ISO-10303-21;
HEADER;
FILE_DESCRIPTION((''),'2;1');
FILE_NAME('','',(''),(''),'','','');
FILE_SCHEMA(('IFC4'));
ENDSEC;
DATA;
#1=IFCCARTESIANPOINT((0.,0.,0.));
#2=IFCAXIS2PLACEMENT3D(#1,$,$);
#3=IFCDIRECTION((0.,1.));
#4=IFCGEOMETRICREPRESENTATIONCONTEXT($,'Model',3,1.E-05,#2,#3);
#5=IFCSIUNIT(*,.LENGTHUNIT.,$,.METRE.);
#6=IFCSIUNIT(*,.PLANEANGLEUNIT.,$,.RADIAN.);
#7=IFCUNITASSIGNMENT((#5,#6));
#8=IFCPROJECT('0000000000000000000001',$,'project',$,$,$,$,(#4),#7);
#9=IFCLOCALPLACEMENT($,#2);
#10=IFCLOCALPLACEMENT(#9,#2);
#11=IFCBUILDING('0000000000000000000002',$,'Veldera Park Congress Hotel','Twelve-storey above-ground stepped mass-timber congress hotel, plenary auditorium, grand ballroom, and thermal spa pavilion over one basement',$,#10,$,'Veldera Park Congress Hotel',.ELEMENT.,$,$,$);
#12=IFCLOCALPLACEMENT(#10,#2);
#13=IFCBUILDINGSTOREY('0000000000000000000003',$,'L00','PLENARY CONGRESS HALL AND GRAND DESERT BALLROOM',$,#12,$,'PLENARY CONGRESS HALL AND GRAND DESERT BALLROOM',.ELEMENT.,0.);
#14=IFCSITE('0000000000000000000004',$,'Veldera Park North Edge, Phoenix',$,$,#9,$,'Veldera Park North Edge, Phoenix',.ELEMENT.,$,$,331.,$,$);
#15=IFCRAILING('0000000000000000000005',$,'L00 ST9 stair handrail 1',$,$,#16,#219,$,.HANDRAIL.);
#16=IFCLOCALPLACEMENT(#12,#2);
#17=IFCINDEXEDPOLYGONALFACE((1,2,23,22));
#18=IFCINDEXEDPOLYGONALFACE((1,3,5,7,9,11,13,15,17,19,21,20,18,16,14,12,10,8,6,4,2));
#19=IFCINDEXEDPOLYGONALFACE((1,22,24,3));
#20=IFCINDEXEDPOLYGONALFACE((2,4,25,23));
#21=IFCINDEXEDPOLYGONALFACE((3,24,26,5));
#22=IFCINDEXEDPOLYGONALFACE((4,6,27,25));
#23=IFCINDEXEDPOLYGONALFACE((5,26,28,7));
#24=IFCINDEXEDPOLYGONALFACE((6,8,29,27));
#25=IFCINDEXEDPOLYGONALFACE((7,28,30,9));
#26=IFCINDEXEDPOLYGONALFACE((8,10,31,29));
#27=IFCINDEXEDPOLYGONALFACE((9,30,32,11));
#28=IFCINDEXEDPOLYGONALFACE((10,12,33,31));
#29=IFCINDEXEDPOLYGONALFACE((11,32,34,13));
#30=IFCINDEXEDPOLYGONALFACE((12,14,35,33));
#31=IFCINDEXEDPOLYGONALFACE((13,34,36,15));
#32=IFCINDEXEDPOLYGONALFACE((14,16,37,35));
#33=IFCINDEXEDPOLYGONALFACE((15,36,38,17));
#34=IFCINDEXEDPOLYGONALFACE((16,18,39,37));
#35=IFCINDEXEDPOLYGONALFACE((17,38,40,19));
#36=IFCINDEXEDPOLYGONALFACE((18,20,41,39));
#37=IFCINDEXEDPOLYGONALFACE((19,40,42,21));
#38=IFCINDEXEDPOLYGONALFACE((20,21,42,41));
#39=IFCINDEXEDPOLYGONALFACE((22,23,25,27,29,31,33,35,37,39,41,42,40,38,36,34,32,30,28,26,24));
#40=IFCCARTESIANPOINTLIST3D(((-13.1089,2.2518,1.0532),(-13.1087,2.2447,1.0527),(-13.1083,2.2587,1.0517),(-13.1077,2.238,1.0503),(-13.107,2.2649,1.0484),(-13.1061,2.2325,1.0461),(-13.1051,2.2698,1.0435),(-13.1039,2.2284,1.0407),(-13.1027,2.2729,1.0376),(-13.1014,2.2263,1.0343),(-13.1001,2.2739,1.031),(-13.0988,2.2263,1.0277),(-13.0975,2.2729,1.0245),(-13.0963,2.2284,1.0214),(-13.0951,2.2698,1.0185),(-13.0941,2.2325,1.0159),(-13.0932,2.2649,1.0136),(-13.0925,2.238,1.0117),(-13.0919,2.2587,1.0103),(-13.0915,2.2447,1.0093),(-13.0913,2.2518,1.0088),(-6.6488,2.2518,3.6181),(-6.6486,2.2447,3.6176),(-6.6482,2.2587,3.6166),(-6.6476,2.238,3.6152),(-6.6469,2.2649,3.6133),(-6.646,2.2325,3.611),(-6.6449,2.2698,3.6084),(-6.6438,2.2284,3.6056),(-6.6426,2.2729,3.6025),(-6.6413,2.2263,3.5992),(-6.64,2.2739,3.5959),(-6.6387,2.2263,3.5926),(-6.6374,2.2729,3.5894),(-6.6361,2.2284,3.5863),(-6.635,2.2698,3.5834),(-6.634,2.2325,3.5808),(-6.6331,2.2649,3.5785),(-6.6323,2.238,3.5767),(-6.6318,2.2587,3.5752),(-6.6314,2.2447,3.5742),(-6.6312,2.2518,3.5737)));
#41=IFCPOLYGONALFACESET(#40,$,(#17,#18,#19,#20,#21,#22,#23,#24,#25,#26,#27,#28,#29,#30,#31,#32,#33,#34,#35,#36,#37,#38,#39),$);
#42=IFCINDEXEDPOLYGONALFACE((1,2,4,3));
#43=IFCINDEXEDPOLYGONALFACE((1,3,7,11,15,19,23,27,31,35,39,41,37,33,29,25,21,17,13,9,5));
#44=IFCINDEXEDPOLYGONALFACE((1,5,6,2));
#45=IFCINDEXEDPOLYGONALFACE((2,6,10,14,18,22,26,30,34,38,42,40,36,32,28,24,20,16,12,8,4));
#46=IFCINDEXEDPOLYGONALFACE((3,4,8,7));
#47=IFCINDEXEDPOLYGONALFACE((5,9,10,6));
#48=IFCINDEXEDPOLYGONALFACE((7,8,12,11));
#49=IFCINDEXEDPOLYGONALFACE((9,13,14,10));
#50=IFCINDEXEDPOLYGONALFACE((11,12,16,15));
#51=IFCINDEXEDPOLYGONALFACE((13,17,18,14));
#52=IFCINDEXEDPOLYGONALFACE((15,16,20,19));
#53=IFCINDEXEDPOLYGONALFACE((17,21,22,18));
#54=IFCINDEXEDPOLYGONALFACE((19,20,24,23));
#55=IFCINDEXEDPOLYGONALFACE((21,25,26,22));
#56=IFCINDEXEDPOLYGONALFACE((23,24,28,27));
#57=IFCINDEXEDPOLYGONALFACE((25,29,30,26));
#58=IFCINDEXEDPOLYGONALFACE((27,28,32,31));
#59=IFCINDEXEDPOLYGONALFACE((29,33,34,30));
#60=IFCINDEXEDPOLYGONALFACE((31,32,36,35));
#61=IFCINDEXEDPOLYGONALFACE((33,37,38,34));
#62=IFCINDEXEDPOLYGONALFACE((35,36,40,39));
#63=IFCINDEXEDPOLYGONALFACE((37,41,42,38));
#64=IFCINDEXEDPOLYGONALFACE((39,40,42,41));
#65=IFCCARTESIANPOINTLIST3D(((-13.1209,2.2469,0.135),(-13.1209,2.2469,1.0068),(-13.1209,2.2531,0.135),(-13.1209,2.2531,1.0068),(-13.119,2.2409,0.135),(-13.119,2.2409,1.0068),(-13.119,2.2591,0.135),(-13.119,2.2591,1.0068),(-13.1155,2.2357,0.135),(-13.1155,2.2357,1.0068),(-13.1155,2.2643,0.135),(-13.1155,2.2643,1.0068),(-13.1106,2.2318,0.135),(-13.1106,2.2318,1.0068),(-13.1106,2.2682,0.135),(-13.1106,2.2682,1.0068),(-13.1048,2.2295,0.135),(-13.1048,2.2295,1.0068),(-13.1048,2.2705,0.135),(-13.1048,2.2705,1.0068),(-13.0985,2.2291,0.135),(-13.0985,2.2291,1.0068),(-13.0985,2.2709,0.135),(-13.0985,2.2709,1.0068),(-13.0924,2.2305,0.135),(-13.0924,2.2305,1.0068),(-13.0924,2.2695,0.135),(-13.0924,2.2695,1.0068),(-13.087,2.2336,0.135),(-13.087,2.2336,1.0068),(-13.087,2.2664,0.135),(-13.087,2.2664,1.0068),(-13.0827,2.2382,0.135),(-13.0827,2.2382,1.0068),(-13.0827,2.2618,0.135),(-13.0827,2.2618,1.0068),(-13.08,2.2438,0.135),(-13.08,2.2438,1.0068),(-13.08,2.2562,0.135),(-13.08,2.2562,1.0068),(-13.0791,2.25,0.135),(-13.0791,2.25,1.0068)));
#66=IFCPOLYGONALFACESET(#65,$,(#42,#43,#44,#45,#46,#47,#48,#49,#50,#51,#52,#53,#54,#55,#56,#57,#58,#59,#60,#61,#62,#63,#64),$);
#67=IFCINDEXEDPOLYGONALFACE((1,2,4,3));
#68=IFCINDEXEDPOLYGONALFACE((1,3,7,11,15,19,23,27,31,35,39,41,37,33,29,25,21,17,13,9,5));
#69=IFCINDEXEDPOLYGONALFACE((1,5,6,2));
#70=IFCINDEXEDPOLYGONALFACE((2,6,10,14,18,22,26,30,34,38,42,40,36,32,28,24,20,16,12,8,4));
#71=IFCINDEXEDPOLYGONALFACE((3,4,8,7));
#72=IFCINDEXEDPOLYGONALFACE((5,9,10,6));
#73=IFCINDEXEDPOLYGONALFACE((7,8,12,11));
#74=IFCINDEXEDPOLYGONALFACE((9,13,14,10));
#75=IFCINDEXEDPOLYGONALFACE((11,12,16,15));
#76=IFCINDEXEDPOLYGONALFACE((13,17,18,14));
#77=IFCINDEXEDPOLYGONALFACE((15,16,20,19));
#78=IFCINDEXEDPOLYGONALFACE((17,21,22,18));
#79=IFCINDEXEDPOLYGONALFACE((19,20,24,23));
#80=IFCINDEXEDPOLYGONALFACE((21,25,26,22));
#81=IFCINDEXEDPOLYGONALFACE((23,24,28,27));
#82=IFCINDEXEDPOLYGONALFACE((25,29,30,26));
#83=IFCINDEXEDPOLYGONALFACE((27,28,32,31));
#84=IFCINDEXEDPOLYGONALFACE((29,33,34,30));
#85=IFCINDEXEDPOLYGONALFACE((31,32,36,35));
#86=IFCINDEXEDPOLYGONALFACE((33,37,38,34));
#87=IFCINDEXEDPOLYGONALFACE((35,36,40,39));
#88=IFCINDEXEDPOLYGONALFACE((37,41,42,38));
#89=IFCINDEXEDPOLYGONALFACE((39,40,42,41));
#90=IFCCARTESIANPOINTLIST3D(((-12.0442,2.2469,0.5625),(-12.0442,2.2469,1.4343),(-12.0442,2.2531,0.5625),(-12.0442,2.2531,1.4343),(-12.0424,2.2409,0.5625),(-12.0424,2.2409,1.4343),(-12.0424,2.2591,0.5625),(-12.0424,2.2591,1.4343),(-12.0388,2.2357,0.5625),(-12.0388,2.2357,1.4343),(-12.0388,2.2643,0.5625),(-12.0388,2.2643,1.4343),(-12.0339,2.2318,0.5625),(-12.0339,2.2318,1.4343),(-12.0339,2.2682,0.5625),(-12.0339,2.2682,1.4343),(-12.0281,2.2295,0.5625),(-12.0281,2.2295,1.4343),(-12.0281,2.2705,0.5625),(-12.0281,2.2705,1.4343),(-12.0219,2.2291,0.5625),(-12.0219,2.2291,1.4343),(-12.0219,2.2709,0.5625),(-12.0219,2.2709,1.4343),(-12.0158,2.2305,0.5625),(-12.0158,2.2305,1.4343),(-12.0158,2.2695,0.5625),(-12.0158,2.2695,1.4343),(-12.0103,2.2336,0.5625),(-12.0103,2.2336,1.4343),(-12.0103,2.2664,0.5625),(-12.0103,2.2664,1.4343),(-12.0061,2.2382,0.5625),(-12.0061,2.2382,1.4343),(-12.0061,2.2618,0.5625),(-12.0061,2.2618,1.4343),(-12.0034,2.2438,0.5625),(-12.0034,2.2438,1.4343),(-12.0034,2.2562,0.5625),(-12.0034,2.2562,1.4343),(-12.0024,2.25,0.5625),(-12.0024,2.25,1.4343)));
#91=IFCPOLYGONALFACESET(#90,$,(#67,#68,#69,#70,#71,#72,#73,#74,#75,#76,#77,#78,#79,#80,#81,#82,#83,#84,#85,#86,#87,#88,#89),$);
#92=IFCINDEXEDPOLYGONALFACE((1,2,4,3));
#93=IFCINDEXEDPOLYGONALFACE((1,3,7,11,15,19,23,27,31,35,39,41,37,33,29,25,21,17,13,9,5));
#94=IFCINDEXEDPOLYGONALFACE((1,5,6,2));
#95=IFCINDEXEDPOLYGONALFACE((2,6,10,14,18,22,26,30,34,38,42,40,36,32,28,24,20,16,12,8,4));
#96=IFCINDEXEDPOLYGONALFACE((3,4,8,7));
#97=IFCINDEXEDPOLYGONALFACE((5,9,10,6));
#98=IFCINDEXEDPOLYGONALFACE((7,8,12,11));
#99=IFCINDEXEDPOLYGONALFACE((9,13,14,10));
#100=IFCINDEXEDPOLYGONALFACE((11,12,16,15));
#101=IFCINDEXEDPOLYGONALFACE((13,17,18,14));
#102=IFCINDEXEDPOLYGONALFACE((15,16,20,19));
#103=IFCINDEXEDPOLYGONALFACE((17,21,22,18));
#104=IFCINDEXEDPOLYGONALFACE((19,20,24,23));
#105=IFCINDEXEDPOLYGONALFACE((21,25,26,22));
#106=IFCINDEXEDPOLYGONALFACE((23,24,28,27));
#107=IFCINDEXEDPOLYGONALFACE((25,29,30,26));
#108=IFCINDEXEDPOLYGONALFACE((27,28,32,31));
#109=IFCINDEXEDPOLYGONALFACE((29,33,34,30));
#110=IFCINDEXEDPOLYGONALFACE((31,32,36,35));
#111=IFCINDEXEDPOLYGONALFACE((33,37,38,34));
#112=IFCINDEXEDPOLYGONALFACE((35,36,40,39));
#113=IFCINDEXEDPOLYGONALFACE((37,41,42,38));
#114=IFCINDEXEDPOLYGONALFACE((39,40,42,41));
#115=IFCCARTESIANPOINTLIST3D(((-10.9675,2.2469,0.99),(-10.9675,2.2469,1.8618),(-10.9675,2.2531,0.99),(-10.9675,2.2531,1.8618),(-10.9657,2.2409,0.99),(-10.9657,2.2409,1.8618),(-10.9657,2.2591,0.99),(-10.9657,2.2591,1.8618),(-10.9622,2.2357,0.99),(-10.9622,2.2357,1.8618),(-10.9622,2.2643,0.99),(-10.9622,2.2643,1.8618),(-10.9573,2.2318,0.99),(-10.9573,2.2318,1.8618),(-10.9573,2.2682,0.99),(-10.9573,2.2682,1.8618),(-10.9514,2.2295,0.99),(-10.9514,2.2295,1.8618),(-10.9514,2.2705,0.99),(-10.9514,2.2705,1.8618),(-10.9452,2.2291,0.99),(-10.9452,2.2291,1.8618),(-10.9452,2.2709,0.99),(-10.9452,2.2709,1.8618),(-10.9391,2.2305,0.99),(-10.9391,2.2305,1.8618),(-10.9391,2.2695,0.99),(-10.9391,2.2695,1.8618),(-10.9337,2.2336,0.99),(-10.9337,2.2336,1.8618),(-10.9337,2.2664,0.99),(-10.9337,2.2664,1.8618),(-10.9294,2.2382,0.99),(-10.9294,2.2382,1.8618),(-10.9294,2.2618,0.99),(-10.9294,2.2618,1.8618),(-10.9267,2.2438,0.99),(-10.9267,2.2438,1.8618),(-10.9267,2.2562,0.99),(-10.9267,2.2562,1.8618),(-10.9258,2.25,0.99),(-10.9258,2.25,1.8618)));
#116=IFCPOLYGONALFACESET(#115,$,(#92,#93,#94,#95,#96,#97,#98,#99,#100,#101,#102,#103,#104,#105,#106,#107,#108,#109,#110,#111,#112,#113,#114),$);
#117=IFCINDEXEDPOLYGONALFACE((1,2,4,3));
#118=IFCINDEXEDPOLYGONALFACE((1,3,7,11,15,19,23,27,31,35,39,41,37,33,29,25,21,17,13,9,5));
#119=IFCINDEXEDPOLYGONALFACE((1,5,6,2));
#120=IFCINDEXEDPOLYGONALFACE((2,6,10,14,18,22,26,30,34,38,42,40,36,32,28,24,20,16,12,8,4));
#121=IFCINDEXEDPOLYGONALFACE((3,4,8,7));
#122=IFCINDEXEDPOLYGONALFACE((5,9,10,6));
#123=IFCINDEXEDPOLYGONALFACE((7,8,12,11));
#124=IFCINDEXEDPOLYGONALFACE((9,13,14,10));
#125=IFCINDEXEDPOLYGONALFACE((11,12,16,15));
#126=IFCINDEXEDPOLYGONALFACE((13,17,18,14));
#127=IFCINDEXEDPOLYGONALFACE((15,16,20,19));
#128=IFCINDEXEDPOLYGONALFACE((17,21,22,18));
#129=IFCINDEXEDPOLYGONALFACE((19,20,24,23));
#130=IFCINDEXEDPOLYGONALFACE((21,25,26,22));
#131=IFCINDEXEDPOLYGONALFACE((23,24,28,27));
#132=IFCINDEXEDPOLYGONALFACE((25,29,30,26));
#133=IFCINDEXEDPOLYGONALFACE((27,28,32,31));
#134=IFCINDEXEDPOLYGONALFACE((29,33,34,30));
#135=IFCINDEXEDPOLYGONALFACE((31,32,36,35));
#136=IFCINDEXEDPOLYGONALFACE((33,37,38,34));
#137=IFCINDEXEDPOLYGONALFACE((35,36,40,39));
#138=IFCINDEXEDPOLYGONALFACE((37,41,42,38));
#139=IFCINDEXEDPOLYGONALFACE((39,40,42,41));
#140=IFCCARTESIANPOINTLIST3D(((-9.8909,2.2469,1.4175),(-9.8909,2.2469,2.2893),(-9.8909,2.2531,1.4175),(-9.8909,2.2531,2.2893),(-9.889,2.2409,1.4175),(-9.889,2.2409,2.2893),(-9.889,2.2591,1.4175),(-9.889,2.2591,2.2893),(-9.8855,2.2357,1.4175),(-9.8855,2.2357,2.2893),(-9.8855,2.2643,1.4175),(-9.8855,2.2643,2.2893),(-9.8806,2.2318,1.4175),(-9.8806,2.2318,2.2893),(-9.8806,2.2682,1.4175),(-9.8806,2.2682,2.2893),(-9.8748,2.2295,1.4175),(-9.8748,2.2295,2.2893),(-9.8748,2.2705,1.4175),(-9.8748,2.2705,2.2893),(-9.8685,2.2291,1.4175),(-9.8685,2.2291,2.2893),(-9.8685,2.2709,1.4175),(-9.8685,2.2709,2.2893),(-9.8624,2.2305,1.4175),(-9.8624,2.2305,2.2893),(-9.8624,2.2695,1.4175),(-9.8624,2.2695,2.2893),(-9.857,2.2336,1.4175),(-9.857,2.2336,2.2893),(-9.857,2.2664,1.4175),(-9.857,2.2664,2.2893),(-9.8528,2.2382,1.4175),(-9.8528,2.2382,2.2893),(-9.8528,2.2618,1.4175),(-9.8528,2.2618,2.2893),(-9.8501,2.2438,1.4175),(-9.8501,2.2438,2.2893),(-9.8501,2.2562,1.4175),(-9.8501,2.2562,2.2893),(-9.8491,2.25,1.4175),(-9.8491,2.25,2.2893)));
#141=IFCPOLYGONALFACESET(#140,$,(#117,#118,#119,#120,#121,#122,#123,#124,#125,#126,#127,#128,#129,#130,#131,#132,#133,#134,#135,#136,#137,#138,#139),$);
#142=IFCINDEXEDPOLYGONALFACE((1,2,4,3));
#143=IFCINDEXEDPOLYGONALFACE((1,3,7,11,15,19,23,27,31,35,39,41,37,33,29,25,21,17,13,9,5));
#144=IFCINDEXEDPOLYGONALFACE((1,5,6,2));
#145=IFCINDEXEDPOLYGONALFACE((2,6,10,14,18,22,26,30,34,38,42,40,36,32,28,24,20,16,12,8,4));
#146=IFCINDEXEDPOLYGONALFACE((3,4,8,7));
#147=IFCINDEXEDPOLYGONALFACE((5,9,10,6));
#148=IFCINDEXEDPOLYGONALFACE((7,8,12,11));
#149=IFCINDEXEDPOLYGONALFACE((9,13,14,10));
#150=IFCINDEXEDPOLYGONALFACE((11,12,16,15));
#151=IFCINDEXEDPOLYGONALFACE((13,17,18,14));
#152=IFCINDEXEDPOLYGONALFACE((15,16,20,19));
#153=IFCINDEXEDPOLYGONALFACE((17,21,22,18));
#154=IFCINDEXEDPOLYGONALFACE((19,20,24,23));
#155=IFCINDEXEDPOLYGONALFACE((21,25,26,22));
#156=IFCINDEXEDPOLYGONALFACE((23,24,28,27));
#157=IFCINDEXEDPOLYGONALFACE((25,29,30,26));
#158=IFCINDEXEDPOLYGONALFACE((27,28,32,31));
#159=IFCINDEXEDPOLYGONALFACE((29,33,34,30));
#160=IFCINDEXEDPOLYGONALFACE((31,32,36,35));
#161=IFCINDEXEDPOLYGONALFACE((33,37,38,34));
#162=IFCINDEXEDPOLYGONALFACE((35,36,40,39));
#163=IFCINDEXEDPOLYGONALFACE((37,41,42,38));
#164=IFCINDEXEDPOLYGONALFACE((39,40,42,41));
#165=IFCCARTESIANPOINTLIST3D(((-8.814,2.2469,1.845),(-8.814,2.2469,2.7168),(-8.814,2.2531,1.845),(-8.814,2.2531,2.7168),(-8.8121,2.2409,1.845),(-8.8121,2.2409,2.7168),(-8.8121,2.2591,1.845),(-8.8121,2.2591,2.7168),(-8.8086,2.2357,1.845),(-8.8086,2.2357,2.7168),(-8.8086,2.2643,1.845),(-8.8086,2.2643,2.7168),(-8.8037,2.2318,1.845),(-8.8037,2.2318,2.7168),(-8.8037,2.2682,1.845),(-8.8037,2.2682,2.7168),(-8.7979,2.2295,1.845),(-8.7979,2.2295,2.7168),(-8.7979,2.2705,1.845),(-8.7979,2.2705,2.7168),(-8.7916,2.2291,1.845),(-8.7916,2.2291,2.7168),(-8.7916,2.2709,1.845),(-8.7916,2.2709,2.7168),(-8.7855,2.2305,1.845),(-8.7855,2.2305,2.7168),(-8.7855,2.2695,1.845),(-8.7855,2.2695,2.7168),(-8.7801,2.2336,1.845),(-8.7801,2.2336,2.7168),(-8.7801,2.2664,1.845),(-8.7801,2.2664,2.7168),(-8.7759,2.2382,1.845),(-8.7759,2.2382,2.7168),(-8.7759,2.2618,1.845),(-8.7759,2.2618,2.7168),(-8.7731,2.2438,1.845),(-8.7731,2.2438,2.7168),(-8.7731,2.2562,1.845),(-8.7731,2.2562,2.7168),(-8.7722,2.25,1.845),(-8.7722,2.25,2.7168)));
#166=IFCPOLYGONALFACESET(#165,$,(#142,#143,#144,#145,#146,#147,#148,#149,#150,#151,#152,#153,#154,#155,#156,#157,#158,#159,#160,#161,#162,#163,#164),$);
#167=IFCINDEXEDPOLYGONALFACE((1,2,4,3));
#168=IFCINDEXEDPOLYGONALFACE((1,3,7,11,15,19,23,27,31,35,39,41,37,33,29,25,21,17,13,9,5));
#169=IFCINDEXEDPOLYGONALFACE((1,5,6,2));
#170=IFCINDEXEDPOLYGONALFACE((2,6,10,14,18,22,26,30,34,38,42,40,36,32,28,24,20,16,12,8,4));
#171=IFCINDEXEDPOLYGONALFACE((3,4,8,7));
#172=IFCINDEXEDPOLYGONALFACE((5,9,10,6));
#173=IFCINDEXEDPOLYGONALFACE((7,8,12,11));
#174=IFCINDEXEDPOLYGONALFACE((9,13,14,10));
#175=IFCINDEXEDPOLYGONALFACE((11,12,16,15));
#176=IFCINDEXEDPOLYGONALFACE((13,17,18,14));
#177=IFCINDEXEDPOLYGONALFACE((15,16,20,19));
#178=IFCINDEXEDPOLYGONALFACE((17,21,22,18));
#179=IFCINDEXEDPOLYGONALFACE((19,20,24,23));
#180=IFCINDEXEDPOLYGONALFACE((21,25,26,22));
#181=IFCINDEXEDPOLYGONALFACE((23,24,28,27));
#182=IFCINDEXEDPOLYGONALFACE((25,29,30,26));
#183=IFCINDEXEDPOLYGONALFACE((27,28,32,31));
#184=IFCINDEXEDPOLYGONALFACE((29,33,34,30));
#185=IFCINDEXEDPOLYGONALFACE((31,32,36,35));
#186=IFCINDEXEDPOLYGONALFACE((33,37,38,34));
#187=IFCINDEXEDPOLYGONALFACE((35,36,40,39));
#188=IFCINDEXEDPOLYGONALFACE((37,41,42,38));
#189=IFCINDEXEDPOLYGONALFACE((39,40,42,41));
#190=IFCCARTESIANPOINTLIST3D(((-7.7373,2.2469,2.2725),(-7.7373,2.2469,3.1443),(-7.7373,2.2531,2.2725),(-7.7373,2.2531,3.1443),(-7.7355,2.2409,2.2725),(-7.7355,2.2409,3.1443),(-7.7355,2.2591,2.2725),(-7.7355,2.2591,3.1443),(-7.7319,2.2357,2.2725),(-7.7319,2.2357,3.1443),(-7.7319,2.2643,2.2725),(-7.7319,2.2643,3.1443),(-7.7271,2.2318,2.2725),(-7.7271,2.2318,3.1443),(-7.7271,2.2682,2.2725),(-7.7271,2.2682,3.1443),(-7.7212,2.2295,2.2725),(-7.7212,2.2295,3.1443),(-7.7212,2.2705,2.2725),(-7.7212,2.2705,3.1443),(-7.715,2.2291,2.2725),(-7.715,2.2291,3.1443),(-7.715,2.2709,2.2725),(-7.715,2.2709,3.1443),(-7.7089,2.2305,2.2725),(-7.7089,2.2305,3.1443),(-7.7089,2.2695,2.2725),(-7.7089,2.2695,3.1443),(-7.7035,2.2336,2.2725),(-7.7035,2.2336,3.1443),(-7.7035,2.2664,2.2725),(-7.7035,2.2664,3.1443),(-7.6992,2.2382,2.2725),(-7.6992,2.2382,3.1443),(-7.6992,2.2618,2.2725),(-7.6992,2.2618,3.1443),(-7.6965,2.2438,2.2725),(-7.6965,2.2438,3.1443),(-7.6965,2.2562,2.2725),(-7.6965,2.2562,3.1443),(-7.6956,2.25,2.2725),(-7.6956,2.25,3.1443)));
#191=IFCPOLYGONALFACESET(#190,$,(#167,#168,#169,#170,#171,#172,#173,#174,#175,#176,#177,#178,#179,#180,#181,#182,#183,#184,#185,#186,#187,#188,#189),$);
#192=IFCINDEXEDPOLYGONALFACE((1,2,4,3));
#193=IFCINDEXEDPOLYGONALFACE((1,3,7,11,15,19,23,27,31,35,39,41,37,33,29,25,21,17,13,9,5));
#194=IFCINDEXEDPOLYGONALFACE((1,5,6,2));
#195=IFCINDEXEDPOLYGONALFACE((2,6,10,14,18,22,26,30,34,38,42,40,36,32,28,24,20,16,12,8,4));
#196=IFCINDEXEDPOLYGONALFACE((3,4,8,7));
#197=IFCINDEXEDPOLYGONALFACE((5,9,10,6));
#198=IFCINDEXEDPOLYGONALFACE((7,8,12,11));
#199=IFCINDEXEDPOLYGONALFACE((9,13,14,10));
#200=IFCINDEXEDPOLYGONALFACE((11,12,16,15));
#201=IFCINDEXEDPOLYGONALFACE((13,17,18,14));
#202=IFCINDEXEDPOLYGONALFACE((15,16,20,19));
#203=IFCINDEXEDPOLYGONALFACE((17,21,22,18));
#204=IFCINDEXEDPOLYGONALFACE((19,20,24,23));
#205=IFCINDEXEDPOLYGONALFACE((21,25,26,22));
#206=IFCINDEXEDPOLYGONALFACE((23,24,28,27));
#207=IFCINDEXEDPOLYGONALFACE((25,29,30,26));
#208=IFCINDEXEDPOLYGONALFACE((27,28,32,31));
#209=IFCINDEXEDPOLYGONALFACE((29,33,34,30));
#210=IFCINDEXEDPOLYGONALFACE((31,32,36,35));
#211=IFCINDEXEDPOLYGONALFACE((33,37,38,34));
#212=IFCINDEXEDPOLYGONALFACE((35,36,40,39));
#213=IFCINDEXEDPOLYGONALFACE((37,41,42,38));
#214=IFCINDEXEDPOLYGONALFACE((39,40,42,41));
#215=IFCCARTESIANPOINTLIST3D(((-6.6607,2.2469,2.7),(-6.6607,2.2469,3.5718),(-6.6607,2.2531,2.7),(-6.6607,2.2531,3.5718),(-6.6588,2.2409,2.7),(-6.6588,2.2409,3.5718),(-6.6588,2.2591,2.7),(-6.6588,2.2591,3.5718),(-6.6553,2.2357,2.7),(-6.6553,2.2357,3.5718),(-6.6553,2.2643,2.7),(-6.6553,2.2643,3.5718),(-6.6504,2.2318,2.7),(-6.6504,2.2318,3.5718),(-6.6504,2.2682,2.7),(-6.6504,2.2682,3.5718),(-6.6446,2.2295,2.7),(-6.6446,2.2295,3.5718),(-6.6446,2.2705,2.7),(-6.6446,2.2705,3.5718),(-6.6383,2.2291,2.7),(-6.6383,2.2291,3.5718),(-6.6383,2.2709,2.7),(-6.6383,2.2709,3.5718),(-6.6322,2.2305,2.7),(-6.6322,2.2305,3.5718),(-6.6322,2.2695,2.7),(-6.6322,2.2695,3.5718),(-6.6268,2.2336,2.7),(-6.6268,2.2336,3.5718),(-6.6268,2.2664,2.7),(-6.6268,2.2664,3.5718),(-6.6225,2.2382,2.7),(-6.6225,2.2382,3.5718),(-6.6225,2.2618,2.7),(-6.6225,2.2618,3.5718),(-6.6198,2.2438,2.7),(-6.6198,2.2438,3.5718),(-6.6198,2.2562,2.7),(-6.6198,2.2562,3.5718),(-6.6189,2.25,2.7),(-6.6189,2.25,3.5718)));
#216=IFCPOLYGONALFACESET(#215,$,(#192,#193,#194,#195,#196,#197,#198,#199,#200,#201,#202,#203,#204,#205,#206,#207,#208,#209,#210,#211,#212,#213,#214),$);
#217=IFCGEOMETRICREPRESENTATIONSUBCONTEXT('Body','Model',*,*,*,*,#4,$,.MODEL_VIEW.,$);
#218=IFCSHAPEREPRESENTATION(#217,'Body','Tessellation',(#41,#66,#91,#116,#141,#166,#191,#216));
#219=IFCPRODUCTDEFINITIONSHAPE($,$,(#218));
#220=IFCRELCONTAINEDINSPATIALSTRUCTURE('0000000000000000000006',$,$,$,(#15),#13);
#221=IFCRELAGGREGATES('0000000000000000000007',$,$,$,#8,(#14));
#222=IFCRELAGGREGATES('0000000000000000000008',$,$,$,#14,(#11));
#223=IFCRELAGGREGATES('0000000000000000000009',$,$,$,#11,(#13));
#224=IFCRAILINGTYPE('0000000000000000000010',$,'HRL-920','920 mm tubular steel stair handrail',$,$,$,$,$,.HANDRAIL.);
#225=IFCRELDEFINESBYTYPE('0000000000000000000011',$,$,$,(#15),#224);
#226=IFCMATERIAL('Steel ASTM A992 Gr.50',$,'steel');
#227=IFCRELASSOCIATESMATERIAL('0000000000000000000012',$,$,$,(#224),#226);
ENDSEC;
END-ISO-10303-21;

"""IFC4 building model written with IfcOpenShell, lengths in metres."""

from ifc_helpers import new_model, si_unit, direction, frame, origin, origin_2d, place, context, subcontext, project, spatial, circle, extrude, material, type_object, element, save


model = new_model("IFC4")

# Units and contexts
model_context = context("Model", 3, precision=1e-05, world=origin(), true_north=direction((0.0, 1.0)))
body_context = subcontext(model_context, "Body", "Model", "MODEL_VIEW")
ifc_project = project(units=[si_unit("LENGTHUNIT", "METRE"), si_unit("PLANEANGLEUNIT", "RADIAN")], contexts=[model_context])

# Site, building, storey
site_placement = place(None, origin())
site = spatial("IfcSite", under=ifc_project, at=site_placement, Name="Veldera Park North Edge, Phoenix", LongName="Veldera Park North Edge, Phoenix", CompositionType="ELEMENT", RefElevation=331.0)
building_placement = place(site_placement, origin())
building = spatial("IfcBuilding", under=site, at=building_placement, Name="Veldera Park Congress Hotel", Description="Twelve-storey above-ground stepped mass-timber congress hotel, plenary auditorium, grand ballroom, and thermal spa pavilion over one basement", LongName="Veldera Park Congress Hotel", CompositionType="ELEMENT")
storey_placement = place(building_placement, origin())
storey = spatial("IfcBuildingStorey", under=building, at=storey_placement, Name="L00", Description="PLENARY CONGRESS HALL AND GRAND DESERT BALLROOM", LongName="PLENARY CONGRESS HALL AND GRAND DESERT BALLROOM", CompositionType="ELEMENT", Elevation=0.0)

# Shared definitions
ifc_material_1 = material(Name="Steel ASTM A992 Gr.50", Category="steel")

# Railing
railing_type_1 = type_object("IfcRailingType", Name="HRL-920", Description="920 mm tubular steel stair handrail", PredefinedType="HANDRAIL", material=ifc_material_1)
railing_1_placement = place(storey_placement, frame((-13.1001, 2.25, 0.135)))
element("IfcRailing", 1, at=railing_1_placement, inside=storey, type_object=railing_type_1, Name="L00 ST9 stair handrail 1", PredefinedType="HANDRAIL", context=body_context, shape_type="SweptSolid", body=[
    extrude(circle(Radius=0.0239, at=origin_2d()), frame((0.0, 0.0, 0.896), z_axis=(0.929423, 0.0, 0.369016), x_axis=(0.0, 1.0, 0.0)), (0.0, 0.0, 1.0), 6.9507),
    extrude(circle(Radius=0.021, at=origin_2d()), origin(), (0.0, 0.0, 1.0), 0.8718),
    extrude(circle(Radius=0.021, at=origin_2d()), frame((1.0767, 0.0, 0.4275)), (0.0, 0.0, 1.0), 0.8718),
    extrude(circle(Radius=0.021, at=origin_2d()), frame((2.1533, 0.0, 0.855)), (0.0, 0.0, 1.0), 0.8718),
    extrude(circle(Radius=0.021, at=origin_2d()), frame((3.23, 0.0, 1.2825)), (0.0, 0.0, 1.0), 0.8718),
    extrude(circle(Radius=0.021, at=origin_2d()), frame((4.3069, 0.0, 1.71)), (0.0, 0.0, 1.0), 0.8718),
    extrude(circle(Radius=0.021, at=origin_2d()), frame((5.3835, 0.0, 2.1375)), (0.0, 0.0, 1.0), 0.8718),
    extrude(circle(Radius=0.021, at=origin_2d()), frame((6.4602, 0.0, 2.5649)), (0.0, 0.0, 1.0), 0.8718),
])

save(model, "model.ifc")
